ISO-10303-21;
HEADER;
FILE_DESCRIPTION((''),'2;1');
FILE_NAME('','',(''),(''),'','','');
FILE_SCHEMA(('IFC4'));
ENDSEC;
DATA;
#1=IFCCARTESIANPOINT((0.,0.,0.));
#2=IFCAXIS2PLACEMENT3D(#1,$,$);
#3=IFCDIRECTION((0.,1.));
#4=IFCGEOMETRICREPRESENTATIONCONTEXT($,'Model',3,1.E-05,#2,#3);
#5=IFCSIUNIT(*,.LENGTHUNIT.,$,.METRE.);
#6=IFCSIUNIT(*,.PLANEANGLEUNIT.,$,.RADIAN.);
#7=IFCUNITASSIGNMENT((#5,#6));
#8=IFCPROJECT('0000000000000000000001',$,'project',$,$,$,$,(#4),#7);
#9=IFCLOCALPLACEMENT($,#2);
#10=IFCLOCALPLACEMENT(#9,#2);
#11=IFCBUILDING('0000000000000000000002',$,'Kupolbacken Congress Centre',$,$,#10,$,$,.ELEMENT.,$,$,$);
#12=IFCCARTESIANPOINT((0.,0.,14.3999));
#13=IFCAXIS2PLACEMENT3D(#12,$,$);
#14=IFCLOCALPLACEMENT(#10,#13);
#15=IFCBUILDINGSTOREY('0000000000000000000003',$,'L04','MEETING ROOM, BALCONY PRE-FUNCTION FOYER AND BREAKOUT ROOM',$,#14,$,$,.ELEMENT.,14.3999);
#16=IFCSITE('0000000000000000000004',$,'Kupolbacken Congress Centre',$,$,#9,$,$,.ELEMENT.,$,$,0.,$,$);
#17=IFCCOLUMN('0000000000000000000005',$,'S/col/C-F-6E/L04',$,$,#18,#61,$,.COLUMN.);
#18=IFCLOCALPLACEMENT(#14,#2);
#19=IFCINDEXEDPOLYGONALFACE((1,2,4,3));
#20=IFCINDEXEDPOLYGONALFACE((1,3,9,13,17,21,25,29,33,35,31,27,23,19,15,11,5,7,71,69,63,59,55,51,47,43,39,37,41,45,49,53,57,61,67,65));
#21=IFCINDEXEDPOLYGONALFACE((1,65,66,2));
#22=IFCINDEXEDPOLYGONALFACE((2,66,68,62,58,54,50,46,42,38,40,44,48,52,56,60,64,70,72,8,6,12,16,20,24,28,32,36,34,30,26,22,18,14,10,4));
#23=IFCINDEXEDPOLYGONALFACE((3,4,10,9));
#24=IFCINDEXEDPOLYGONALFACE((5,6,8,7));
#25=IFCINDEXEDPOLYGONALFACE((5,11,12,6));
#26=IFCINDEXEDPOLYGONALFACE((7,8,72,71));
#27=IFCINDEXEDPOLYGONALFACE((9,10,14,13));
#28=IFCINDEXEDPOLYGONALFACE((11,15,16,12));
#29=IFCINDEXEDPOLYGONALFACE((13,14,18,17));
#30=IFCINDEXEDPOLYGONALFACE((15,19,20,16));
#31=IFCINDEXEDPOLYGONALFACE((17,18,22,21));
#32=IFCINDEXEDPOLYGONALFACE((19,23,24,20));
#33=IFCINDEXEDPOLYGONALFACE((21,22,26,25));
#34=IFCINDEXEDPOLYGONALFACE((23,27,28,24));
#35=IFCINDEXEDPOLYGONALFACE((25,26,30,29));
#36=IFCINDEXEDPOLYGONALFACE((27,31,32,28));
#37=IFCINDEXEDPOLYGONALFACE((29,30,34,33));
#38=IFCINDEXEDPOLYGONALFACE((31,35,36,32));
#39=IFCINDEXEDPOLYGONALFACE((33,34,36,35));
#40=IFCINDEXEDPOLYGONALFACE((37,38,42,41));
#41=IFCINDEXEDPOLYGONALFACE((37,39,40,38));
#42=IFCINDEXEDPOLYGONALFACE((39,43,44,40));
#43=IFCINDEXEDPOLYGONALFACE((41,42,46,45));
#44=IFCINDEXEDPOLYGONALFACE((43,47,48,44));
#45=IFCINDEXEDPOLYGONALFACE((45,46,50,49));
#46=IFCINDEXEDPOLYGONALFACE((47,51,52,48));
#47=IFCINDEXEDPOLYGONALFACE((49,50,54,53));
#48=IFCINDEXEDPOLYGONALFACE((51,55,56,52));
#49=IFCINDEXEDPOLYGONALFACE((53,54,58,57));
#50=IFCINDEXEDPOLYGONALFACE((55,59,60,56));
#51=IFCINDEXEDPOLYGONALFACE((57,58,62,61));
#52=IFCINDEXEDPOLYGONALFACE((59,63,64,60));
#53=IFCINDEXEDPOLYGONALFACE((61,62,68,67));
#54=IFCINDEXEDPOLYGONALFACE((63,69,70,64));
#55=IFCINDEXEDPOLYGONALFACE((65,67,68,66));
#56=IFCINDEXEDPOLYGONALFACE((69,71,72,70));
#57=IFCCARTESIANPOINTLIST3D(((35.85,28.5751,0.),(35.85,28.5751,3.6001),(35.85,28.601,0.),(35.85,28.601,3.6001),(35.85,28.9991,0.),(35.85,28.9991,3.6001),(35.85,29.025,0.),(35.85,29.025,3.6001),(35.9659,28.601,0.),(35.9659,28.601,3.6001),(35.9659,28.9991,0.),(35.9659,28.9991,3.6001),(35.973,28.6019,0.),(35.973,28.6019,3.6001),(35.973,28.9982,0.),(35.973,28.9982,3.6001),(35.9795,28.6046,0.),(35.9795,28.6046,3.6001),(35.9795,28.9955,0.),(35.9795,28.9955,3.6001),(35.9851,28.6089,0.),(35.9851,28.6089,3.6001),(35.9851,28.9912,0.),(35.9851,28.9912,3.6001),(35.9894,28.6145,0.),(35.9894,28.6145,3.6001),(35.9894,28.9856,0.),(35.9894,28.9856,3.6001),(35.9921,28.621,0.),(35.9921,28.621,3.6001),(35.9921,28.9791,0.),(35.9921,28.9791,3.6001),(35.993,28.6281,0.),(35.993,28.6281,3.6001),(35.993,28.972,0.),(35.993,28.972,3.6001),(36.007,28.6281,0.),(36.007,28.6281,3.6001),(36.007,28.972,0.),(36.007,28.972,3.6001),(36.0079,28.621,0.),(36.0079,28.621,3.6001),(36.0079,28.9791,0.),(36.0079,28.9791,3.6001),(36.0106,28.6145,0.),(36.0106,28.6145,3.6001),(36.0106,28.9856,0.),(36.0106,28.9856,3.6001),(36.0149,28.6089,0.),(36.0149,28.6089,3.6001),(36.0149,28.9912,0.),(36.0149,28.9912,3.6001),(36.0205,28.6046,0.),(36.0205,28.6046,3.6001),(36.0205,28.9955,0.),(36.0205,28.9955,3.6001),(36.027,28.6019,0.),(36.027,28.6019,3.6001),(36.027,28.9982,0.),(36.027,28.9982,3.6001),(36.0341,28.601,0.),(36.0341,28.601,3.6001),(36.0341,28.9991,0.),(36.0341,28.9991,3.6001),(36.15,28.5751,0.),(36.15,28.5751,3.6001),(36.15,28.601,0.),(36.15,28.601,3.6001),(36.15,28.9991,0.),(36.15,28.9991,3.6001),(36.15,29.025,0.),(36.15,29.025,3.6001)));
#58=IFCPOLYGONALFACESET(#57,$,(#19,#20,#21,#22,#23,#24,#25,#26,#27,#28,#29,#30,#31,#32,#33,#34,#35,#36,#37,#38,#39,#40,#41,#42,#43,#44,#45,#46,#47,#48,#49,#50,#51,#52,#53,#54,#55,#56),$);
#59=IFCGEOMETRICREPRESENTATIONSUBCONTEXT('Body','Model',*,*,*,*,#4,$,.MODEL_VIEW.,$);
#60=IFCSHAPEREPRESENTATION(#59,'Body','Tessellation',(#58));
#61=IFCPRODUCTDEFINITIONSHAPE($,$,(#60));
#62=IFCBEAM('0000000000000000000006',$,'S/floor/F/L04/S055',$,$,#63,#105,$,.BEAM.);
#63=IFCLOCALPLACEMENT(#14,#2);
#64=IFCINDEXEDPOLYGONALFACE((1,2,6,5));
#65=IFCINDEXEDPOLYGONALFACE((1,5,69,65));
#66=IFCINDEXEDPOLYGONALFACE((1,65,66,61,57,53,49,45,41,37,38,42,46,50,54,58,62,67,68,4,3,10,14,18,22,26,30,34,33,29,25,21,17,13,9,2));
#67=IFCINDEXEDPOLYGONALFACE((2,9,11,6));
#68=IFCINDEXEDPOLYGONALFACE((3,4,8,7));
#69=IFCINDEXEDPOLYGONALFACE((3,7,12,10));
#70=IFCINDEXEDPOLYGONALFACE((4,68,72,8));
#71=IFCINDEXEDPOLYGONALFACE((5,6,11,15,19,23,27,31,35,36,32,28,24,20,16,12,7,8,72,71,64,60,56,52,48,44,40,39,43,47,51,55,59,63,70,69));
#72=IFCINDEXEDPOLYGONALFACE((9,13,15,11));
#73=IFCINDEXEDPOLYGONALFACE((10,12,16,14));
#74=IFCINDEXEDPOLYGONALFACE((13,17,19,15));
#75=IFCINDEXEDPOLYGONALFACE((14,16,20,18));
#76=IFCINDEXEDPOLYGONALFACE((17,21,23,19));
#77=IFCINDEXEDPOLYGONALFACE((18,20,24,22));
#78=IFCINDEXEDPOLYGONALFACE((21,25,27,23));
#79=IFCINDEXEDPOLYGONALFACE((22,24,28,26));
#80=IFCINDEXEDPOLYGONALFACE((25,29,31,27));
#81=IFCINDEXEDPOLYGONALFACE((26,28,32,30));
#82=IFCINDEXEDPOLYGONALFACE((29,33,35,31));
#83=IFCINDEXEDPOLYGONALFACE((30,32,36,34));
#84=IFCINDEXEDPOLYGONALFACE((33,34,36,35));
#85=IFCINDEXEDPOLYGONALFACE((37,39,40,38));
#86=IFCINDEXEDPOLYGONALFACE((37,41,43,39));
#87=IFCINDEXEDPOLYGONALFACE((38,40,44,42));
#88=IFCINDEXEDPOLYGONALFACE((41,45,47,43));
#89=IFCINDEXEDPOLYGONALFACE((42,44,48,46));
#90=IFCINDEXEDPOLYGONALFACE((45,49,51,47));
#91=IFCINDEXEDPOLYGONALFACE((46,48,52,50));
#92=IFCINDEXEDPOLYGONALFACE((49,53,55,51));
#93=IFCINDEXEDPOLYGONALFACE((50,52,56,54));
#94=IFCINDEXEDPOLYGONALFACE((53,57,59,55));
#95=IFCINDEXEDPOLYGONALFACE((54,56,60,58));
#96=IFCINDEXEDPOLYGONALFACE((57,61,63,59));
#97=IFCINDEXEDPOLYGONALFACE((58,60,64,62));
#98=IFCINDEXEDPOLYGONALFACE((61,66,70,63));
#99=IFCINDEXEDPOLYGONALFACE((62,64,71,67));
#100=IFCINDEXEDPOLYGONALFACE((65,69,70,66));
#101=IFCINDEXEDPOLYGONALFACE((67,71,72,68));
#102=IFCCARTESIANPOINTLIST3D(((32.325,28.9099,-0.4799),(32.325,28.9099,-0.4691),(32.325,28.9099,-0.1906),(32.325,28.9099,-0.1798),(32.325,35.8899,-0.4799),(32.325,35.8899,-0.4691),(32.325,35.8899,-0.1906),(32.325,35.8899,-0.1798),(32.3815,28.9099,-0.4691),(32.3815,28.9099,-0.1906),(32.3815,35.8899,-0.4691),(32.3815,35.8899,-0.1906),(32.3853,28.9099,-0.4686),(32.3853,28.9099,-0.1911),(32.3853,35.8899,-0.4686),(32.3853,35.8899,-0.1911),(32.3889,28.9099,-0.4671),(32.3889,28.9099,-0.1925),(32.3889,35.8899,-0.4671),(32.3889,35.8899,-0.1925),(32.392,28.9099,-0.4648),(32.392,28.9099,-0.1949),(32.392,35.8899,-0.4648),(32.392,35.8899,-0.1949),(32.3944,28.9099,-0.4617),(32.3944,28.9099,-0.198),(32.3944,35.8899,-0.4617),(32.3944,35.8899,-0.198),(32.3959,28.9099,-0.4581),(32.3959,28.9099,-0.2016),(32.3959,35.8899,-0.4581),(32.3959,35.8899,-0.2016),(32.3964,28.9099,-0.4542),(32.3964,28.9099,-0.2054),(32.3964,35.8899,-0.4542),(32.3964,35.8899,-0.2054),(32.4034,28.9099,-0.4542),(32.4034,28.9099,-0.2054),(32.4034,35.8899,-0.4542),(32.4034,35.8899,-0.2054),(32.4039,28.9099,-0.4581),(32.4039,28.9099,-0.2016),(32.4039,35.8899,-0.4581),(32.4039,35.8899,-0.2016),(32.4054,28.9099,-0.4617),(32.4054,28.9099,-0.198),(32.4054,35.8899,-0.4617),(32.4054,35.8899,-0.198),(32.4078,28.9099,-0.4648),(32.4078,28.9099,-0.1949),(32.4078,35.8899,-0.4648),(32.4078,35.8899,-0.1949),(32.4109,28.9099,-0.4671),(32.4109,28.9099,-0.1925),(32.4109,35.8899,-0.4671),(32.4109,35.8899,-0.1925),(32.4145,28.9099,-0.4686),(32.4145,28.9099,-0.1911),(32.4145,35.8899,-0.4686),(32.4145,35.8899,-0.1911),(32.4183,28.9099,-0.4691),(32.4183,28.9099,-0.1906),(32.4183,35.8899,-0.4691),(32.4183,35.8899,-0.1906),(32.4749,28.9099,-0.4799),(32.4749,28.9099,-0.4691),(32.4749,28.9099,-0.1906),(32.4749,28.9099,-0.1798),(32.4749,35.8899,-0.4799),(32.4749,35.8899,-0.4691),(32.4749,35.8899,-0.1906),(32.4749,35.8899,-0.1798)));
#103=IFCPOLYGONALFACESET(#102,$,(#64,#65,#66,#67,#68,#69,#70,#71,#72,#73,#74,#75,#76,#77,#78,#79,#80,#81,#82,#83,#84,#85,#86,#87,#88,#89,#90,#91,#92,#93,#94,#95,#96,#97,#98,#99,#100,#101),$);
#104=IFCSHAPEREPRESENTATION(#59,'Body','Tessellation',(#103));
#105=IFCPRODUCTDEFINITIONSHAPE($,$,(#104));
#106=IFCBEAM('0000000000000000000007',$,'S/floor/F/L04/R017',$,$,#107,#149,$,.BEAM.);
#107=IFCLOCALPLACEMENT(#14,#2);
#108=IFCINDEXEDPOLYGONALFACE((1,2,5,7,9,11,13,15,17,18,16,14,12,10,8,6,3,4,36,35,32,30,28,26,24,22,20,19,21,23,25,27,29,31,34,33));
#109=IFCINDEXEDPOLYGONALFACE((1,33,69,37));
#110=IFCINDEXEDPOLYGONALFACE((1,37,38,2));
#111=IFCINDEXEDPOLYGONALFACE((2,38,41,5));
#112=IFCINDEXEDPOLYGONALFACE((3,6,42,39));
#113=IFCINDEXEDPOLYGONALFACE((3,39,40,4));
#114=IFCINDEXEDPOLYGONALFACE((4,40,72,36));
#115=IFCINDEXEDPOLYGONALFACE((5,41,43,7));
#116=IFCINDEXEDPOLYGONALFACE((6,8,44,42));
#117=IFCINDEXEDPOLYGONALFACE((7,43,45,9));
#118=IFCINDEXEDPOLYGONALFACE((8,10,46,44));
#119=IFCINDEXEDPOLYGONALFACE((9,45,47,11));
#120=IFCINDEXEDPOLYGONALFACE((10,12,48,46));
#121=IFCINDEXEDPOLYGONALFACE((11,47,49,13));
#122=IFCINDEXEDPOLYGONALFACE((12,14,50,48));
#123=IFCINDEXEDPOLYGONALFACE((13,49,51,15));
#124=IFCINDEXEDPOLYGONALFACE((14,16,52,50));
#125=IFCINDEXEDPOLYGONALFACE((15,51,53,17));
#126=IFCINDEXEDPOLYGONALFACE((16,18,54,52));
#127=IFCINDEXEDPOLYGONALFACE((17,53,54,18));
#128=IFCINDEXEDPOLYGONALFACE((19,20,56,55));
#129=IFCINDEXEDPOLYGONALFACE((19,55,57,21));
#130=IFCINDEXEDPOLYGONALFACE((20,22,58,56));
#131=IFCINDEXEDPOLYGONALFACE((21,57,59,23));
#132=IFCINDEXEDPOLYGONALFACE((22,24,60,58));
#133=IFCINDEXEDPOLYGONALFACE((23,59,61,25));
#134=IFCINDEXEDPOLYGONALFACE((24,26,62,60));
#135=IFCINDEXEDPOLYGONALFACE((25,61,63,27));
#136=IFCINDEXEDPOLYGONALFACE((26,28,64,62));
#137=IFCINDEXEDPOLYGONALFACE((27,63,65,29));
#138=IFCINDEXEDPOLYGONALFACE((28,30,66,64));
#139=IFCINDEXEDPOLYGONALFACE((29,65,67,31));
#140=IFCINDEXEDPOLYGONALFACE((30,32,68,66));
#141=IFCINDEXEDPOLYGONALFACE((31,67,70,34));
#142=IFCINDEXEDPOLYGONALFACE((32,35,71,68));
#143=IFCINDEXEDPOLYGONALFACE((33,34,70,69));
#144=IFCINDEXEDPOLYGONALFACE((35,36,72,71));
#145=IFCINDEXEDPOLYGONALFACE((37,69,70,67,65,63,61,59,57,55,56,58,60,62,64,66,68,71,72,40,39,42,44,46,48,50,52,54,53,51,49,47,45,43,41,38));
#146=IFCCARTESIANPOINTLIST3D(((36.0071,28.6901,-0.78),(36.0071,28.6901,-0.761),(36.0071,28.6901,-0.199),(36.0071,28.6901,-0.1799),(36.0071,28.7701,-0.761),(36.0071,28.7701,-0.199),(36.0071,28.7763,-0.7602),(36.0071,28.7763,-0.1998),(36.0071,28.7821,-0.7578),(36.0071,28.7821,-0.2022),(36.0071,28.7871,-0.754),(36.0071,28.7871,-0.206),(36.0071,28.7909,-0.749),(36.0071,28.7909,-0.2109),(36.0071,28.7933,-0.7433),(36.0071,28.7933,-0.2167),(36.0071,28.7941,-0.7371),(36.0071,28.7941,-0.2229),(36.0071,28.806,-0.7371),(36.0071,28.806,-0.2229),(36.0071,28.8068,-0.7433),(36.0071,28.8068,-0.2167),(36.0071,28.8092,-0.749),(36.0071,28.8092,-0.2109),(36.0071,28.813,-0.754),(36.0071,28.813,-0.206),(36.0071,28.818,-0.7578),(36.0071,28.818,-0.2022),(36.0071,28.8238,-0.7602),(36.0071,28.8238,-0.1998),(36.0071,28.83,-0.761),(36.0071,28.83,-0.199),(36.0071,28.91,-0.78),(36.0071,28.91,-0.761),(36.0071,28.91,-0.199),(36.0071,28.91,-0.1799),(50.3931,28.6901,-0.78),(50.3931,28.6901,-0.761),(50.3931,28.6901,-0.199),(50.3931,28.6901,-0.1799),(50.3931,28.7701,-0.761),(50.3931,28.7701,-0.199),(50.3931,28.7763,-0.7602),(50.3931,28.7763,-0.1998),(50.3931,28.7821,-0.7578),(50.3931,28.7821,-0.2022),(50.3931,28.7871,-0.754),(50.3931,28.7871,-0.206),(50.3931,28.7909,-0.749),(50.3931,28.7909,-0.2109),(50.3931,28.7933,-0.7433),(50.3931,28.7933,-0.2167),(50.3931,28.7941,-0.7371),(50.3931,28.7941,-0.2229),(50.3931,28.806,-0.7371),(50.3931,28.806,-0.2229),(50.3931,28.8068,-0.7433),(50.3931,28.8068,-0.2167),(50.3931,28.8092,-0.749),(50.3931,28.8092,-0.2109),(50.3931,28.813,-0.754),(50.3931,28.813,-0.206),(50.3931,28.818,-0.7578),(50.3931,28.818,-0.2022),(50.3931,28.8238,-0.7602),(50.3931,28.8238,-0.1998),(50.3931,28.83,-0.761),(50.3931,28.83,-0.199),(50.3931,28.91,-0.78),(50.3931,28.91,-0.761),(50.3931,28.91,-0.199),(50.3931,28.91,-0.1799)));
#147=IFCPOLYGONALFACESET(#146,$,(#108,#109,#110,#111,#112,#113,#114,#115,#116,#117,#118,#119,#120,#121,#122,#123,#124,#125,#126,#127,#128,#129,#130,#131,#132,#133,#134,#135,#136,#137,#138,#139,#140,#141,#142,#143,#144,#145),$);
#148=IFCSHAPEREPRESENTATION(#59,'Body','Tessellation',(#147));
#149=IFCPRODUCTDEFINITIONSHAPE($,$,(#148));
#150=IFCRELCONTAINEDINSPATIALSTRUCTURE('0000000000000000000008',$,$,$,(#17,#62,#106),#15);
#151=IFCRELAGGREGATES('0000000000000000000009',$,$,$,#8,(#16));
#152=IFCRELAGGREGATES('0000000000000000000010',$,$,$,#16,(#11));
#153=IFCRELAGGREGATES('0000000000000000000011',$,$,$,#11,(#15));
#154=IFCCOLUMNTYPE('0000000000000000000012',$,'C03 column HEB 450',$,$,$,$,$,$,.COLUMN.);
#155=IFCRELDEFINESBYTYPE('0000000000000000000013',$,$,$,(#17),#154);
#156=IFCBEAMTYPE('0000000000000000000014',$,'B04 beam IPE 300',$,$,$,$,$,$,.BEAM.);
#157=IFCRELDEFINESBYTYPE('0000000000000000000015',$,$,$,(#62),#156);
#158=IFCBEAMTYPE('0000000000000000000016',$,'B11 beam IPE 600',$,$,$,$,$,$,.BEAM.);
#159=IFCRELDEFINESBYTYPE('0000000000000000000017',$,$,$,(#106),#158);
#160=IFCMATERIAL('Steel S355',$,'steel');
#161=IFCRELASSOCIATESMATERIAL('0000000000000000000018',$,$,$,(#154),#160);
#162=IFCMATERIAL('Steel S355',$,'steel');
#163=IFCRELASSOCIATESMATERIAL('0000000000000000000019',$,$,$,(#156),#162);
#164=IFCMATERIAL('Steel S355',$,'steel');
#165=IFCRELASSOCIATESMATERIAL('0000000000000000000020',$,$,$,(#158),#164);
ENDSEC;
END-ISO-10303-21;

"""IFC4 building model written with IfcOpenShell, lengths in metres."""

from ifc_helpers import new_model, si_unit, direction, frame, origin, origin_2d, place, context, subcontext, project, spatial, i_section, extrude, material, material_profile, profile_set, type_object, element, save


model = new_model("IFC4")

# Units and contexts
model_context = context("Model", 3, precision=1e-05, world=origin(), true_north=direction((0.0, 1.0)))
body_context = subcontext(model_context, "Body", "Model", "MODEL_VIEW")
ifc_project = project(units=[si_unit("LENGTHUNIT", "METRE"), si_unit("PLANEANGLEUNIT", "RADIAN")], contexts=[model_context])

# Site, building, storey
site_placement = place(None, origin())
site = spatial("IfcSite", under=ifc_project, at=site_placement, Name="Kupolbacken Congress Centre", CompositionType="ELEMENT", RefElevation=0.0)
building_placement = place(site_placement, origin())
building = spatial("IfcBuilding", under=site, at=building_placement, Name="Kupolbacken Congress Centre", CompositionType="ELEMENT")
storey_placement = place(building_placement, frame((0.0, 0.0, 14.3999)))
storey = spatial("IfcBuildingStorey", under=building, at=storey_placement, Name="L04", Description="MEETING ROOM, BALCONY PRE-FUNCTION FOYER AND BREAKOUT ROOM", CompositionType="ELEMENT", Elevation=14.3999)

# Column
ifc_material_1 = material(Name="Steel S355", Category="steel")
ifc_material_profile_1 = material_profile(ifc_material_1, i_section(OverallWidth=0.3, OverallDepth=0.45, WebThickness=0.0139, FlangeThickness=0.0259, FilletRadius=0.0271, at=origin_2d()), Name="HEB 450")
ifc_profile_set_1 = profile_set([ifc_material_profile_1], Name="Steel S355")
column_type = type_object("IfcColumnType", Name="C03 column HEB 450", PredefinedType="COLUMN", material=ifc_profile_set_1)
column_placement = place(storey_placement, frame((36.0, 28.8, 0.0), z_axis=(0.0, 0.0, 1.0), x_axis=(1.0, 0.0, 0.0)))
element("IfcColumn", 1, at=column_placement, inside=storey, type_object=column_type, Name="S/col/C-F-6E/L04", PredefinedType="COLUMN", context=body_context, shape_type="SweptSolid", body=[
    extrude(i_section(OverallWidth=0.3, OverallDepth=0.45, WebThickness=0.0139, FlangeThickness=0.0259, FilletRadius=0.0271, at=origin_2d()), origin(), (0.0, 0.0, 1.0), 3.6001),
])

# Beams
ifc_material_2 = material(Name="Steel S355", Category="steel")
ifc_material_profile_2 = material_profile(ifc_material_2, i_section(OverallWidth=0.1499, OverallDepth=0.3, WebThickness=0.0071, FlangeThickness=0.0107, FilletRadius=0.0149, at=origin_2d()), Name="IPE 300")
ifc_profile_set_2 = profile_set([ifc_material_profile_2], Name="Steel S355")
beam_type_1 = type_object("IfcBeamType", Name="B04 beam IPE 300", PredefinedType="BEAM", material=ifc_profile_set_2)
beam_1_placement = place(storey_placement, frame((32.3999, 28.9099, -0.3298), z_axis=(0.0, 1.0, 0.0), x_axis=(-1.0, 0.0, 0.0)))
element("IfcBeam", 2, at=beam_1_placement, inside=storey, type_object=beam_type_1, Name="S/floor/F/L04/S055", PredefinedType="BEAM", context=body_context, shape_type="SweptSolid", body=[
    extrude(i_section(OverallWidth=0.1499, OverallDepth=0.3, WebThickness=0.0071, FlangeThickness=0.0107, FilletRadius=0.0149, at=origin_2d()), origin(), (0.0, 0.0, 1.0), 6.98),
])
ifc_material_3 = material(Name="Steel S355", Category="steel")
ifc_material_profile_3 = material_profile(ifc_material_3, i_section(OverallWidth=0.22, OverallDepth=0.6001, WebThickness=0.012, FlangeThickness=0.019, FilletRadius=0.0239, at=origin_2d()), Name="IPE 600")
ifc_profile_set_3 = profile_set([ifc_material_profile_3], Name="Steel S355")
beam_type_2 = type_object("IfcBeamType", Name="B11 beam IPE 600", PredefinedType="BEAM", material=ifc_profile_set_3)
beam_2_placement = place(storey_placement, frame((36.0071, 28.8, -0.48), z_axis=(1.0, 0.0, 0.0), x_axis=(0.0, 1.0, 0.0)))
element("IfcBeam", 3, at=beam_2_placement, inside=storey, type_object=beam_type_2, Name="S/floor/F/L04/R017", PredefinedType="BEAM", context=body_context, shape_type="SweptSolid", body=[
    extrude(i_section(OverallWidth=0.22, OverallDepth=0.6001, WebThickness=0.012, FlangeThickness=0.019, FilletRadius=0.0239, at=origin_2d()), origin(), (0.0, 0.0, 1.0), 14.386),
])

save(model, "model.ifc")
